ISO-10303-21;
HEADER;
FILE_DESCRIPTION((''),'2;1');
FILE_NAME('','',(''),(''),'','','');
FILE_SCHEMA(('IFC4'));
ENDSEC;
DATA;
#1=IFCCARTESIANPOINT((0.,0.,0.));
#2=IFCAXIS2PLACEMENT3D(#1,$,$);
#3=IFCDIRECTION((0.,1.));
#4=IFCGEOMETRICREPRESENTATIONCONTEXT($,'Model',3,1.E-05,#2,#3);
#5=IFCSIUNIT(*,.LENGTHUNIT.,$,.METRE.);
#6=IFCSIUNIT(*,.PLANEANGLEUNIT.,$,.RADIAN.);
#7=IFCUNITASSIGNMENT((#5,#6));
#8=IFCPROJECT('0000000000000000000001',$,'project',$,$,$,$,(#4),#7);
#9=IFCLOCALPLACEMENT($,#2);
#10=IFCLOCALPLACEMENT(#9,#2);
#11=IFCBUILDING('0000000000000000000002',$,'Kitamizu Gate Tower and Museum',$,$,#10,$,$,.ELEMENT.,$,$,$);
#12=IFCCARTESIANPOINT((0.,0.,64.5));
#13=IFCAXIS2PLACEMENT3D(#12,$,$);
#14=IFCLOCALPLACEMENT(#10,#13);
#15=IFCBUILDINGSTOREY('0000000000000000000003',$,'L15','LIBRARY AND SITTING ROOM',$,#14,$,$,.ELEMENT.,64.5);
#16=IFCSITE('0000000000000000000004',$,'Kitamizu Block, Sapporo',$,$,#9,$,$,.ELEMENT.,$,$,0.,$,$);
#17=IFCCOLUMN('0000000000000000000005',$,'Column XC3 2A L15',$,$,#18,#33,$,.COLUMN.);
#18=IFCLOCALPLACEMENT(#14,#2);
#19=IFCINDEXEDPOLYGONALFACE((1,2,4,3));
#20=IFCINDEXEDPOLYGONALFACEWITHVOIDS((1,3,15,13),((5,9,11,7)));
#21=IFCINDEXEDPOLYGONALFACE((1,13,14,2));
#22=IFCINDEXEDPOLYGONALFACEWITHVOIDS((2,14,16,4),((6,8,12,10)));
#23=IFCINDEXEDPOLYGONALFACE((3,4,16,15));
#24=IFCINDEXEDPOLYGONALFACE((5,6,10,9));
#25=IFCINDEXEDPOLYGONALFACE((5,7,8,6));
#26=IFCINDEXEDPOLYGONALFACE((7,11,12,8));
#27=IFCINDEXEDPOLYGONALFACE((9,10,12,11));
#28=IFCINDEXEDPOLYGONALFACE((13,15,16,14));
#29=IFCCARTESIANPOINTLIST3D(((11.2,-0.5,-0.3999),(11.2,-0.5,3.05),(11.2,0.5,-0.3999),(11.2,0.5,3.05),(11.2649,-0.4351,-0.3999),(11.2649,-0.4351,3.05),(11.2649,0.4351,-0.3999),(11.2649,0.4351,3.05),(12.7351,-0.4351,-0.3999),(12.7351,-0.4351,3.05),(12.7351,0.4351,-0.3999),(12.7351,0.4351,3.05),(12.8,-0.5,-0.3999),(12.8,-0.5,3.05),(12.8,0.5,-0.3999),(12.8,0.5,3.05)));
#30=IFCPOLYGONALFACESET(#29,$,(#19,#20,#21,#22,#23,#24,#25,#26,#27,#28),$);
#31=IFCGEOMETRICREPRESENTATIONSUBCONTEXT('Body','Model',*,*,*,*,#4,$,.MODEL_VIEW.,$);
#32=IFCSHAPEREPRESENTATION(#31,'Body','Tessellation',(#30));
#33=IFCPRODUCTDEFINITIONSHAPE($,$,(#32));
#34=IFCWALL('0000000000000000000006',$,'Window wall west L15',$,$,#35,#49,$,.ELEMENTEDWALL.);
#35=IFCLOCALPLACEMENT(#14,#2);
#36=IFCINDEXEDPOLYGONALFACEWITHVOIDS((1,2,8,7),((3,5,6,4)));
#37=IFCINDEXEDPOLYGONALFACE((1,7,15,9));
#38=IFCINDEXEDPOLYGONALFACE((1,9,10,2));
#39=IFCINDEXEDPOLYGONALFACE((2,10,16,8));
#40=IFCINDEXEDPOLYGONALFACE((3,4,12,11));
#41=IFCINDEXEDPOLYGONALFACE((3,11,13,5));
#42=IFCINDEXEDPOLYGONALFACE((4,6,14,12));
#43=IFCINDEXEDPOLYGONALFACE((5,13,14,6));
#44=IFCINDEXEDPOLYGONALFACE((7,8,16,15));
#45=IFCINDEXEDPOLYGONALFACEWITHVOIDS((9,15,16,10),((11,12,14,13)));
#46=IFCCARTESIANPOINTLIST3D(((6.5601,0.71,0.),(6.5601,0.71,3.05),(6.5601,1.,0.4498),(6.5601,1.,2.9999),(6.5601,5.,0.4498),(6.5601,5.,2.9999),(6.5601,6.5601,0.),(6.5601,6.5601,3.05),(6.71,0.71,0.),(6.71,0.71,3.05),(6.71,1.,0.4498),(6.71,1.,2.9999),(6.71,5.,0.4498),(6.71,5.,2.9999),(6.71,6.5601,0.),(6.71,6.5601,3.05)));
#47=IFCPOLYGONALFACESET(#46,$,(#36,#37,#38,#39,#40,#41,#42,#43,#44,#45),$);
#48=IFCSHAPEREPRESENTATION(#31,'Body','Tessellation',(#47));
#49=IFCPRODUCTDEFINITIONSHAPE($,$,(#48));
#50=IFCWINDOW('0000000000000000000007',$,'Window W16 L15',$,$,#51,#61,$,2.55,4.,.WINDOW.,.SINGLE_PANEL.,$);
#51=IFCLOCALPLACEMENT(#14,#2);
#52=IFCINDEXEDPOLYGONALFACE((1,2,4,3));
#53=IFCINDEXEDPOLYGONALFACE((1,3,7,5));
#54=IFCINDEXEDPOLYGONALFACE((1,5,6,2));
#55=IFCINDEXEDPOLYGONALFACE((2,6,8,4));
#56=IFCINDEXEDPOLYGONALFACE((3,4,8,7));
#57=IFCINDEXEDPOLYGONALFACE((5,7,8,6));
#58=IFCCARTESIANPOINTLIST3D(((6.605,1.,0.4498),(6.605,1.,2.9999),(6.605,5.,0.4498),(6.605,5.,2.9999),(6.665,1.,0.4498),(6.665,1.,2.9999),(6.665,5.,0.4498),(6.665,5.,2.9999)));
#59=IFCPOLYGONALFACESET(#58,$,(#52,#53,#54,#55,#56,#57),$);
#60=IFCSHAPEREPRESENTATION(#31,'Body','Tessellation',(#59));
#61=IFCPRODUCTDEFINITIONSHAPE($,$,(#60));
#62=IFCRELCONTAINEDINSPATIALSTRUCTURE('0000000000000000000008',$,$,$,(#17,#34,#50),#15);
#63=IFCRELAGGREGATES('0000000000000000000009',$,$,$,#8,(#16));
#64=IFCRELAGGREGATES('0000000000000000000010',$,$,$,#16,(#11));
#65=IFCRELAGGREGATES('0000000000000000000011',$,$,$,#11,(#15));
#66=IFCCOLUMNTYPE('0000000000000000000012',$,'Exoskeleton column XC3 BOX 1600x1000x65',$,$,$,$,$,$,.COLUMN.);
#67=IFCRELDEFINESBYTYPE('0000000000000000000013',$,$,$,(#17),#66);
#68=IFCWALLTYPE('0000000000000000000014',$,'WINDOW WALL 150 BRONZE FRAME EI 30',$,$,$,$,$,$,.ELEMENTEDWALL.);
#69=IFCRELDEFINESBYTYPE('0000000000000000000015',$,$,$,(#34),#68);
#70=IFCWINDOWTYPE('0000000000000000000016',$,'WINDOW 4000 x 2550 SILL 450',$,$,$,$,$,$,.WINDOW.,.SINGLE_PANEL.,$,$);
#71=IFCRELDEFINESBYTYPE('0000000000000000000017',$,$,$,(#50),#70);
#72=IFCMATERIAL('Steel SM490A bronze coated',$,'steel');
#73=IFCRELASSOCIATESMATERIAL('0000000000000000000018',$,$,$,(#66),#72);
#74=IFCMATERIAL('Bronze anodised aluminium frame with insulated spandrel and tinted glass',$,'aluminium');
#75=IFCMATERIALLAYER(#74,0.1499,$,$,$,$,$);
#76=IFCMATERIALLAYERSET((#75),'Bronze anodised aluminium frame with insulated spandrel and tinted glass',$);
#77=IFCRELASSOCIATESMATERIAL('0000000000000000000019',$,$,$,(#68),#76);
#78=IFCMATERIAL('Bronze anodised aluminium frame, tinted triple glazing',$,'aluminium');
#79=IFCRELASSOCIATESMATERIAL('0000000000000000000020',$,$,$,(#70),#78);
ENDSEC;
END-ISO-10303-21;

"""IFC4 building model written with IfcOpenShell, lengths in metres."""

from ifc_helpers import new_model, si_unit, direction, frame, frame_2d, origin, origin_2d, place, context, subcontext, project, spatial, rectangle, hollow_rectangle, extrude, material, layer, layer_set, material_profile, profile_set, type_object, element, fill, save


model = new_model("IFC4")

# Units and contexts
model_context = context("Model", 3, precision=1e-05, world=origin(), true_north=direction((0.0, 1.0)))
body_context = subcontext(model_context, "Body", "Model", "MODEL_VIEW")
ifc_project = project(units=[si_unit("LENGTHUNIT", "METRE"), si_unit("PLANEANGLEUNIT", "RADIAN")], contexts=[model_context])

# Site, building, storey
site_placement = place(None, origin())
site = spatial("IfcSite", under=ifc_project, at=site_placement, Name="Kitamizu Block, Sapporo", CompositionType="ELEMENT", RefElevation=0.0)
building_placement = place(site_placement, origin())
building = spatial("IfcBuilding", under=site, at=building_placement, Name="Kitamizu Gate Tower and Museum", CompositionType="ELEMENT")
storey_placement = place(building_placement, frame((0.0, 0.0, 64.5)))
storey = spatial("IfcBuildingStorey", under=building, at=storey_placement, Name="L15", Description="LIBRARY AND SITTING ROOM", CompositionType="ELEMENT", Elevation=64.5)

# Column
ifc_material_1 = material(Name="Steel SM490A bronze coated", Category="steel")
ifc_material_profile = material_profile(ifc_material_1, hollow_rectangle(XDim=1.6001, YDim=1.0, WallThickness=0.0649, at=origin_2d()), Name="BOX 1600x1000x65")
ifc_profile_set = profile_set([ifc_material_profile], Name="Steel SM490A bronze coated")
column_type = type_object("IfcColumnType", Name="Exoskeleton column XC3 BOX 1600x1000x65", PredefinedType="COLUMN", material=ifc_profile_set)
column_placement = place(storey_placement, frame((12.0, 0.0, -0.3999), z_axis=(0.0, 0.0, 1.0), x_axis=(1.0, 0.0, 0.0)))
element("IfcColumn", 1, at=column_placement, inside=storey, type_object=column_type, Name="Column XC3 2A L15", PredefinedType="COLUMN", context=body_context, shape_type="SweptSolid", body=[
    extrude(hollow_rectangle(XDim=1.6001, YDim=1.0, WallThickness=0.0649, at=origin_2d()), origin(), (0.0, 0.0, 1.0), 3.45),
])

# Wall, opening, window
ifc_material_2 = material(Name="Bronze anodised aluminium frame with insulated spandrel and tinted glass", Category="aluminium")
ifc_layer = layer(ifc_material_2, 0.1499)
ifc_layer_set = layer_set([ifc_layer], Name="Bronze anodised aluminium frame with insulated spandrel and tinted glass")
wall_type = type_object("IfcWallType", Name="WINDOW WALL 150 BRONZE FRAME EI 30", PredefinedType="ELEMENTEDWALL", material=ifc_layer_set)
wall_placement = place(storey_placement, frame((6.635, 0.71, 0.0), z_axis=(0.0, 0.0, 1.0), x_axis=(0.0, 1.0, 0.0)))
wall = element("IfcWall", 2, at=wall_placement, inside=storey, type_object=wall_type, Name="Window wall west L15", PredefinedType="ELEMENTEDWALL", context=body_context, shape_type="SweptSolid", body=[
    extrude(rectangle(XDim=5.8501, YDim=0.1499, at=frame_2d((2.925, 0.0))), origin(), (0.0, 0.0, 1.0), 3.05),
])
opening_placement = place(wall_placement, frame((0.29, 0.0, 0.45)))
opening = element("IfcOpeningElement", 3, at=opening_placement, cuts=wall, PredefinedType="OPENING", context=body_context, shape_type="SweptSolid", body=[
    extrude(rectangle(XDim=4.0, YDim=2.55, at=frame_2d((2.0, 1.2749))), frame((0.0, 0.085, 0.0), z_axis=(0.0, -1.0, 0.0), x_axis=(1.0, 0.0, 0.0)), (0.0, 0.0, 1.0), 0.1699),
])
ifc_material_3 = material(Name="Bronze anodised aluminium frame, tinted triple glazing", Category="aluminium")
window_type = type_object("IfcWindowType", Name="WINDOW 4000 x 2550 SILL 450", PartitioningType="SINGLE_PANEL", PredefinedType="WINDOW", material=ifc_material_3)
window_placement = place(opening_placement, origin())
window = element("IfcWindow", 4, at=window_placement, inside=storey, type_object=window_type, Name="Window W16 L15", OverallHeight=2.55, OverallWidth=4.0, PartitioningType="SINGLE_PANEL", PredefinedType="WINDOW", context=body_context, shape_type="SweptSolid", body=[
    extrude(rectangle(XDim=4.0, YDim=2.55, at=frame_2d((2.0, 1.2749))), frame((0.0, 0.03, 0.0), z_axis=(0.0, -1.0, 0.0), x_axis=(1.0, 0.0, 0.0)), (0.0, 0.0, 1.0), 0.0601),
])
fill(opening, window)

save(model, "model.ifc")
